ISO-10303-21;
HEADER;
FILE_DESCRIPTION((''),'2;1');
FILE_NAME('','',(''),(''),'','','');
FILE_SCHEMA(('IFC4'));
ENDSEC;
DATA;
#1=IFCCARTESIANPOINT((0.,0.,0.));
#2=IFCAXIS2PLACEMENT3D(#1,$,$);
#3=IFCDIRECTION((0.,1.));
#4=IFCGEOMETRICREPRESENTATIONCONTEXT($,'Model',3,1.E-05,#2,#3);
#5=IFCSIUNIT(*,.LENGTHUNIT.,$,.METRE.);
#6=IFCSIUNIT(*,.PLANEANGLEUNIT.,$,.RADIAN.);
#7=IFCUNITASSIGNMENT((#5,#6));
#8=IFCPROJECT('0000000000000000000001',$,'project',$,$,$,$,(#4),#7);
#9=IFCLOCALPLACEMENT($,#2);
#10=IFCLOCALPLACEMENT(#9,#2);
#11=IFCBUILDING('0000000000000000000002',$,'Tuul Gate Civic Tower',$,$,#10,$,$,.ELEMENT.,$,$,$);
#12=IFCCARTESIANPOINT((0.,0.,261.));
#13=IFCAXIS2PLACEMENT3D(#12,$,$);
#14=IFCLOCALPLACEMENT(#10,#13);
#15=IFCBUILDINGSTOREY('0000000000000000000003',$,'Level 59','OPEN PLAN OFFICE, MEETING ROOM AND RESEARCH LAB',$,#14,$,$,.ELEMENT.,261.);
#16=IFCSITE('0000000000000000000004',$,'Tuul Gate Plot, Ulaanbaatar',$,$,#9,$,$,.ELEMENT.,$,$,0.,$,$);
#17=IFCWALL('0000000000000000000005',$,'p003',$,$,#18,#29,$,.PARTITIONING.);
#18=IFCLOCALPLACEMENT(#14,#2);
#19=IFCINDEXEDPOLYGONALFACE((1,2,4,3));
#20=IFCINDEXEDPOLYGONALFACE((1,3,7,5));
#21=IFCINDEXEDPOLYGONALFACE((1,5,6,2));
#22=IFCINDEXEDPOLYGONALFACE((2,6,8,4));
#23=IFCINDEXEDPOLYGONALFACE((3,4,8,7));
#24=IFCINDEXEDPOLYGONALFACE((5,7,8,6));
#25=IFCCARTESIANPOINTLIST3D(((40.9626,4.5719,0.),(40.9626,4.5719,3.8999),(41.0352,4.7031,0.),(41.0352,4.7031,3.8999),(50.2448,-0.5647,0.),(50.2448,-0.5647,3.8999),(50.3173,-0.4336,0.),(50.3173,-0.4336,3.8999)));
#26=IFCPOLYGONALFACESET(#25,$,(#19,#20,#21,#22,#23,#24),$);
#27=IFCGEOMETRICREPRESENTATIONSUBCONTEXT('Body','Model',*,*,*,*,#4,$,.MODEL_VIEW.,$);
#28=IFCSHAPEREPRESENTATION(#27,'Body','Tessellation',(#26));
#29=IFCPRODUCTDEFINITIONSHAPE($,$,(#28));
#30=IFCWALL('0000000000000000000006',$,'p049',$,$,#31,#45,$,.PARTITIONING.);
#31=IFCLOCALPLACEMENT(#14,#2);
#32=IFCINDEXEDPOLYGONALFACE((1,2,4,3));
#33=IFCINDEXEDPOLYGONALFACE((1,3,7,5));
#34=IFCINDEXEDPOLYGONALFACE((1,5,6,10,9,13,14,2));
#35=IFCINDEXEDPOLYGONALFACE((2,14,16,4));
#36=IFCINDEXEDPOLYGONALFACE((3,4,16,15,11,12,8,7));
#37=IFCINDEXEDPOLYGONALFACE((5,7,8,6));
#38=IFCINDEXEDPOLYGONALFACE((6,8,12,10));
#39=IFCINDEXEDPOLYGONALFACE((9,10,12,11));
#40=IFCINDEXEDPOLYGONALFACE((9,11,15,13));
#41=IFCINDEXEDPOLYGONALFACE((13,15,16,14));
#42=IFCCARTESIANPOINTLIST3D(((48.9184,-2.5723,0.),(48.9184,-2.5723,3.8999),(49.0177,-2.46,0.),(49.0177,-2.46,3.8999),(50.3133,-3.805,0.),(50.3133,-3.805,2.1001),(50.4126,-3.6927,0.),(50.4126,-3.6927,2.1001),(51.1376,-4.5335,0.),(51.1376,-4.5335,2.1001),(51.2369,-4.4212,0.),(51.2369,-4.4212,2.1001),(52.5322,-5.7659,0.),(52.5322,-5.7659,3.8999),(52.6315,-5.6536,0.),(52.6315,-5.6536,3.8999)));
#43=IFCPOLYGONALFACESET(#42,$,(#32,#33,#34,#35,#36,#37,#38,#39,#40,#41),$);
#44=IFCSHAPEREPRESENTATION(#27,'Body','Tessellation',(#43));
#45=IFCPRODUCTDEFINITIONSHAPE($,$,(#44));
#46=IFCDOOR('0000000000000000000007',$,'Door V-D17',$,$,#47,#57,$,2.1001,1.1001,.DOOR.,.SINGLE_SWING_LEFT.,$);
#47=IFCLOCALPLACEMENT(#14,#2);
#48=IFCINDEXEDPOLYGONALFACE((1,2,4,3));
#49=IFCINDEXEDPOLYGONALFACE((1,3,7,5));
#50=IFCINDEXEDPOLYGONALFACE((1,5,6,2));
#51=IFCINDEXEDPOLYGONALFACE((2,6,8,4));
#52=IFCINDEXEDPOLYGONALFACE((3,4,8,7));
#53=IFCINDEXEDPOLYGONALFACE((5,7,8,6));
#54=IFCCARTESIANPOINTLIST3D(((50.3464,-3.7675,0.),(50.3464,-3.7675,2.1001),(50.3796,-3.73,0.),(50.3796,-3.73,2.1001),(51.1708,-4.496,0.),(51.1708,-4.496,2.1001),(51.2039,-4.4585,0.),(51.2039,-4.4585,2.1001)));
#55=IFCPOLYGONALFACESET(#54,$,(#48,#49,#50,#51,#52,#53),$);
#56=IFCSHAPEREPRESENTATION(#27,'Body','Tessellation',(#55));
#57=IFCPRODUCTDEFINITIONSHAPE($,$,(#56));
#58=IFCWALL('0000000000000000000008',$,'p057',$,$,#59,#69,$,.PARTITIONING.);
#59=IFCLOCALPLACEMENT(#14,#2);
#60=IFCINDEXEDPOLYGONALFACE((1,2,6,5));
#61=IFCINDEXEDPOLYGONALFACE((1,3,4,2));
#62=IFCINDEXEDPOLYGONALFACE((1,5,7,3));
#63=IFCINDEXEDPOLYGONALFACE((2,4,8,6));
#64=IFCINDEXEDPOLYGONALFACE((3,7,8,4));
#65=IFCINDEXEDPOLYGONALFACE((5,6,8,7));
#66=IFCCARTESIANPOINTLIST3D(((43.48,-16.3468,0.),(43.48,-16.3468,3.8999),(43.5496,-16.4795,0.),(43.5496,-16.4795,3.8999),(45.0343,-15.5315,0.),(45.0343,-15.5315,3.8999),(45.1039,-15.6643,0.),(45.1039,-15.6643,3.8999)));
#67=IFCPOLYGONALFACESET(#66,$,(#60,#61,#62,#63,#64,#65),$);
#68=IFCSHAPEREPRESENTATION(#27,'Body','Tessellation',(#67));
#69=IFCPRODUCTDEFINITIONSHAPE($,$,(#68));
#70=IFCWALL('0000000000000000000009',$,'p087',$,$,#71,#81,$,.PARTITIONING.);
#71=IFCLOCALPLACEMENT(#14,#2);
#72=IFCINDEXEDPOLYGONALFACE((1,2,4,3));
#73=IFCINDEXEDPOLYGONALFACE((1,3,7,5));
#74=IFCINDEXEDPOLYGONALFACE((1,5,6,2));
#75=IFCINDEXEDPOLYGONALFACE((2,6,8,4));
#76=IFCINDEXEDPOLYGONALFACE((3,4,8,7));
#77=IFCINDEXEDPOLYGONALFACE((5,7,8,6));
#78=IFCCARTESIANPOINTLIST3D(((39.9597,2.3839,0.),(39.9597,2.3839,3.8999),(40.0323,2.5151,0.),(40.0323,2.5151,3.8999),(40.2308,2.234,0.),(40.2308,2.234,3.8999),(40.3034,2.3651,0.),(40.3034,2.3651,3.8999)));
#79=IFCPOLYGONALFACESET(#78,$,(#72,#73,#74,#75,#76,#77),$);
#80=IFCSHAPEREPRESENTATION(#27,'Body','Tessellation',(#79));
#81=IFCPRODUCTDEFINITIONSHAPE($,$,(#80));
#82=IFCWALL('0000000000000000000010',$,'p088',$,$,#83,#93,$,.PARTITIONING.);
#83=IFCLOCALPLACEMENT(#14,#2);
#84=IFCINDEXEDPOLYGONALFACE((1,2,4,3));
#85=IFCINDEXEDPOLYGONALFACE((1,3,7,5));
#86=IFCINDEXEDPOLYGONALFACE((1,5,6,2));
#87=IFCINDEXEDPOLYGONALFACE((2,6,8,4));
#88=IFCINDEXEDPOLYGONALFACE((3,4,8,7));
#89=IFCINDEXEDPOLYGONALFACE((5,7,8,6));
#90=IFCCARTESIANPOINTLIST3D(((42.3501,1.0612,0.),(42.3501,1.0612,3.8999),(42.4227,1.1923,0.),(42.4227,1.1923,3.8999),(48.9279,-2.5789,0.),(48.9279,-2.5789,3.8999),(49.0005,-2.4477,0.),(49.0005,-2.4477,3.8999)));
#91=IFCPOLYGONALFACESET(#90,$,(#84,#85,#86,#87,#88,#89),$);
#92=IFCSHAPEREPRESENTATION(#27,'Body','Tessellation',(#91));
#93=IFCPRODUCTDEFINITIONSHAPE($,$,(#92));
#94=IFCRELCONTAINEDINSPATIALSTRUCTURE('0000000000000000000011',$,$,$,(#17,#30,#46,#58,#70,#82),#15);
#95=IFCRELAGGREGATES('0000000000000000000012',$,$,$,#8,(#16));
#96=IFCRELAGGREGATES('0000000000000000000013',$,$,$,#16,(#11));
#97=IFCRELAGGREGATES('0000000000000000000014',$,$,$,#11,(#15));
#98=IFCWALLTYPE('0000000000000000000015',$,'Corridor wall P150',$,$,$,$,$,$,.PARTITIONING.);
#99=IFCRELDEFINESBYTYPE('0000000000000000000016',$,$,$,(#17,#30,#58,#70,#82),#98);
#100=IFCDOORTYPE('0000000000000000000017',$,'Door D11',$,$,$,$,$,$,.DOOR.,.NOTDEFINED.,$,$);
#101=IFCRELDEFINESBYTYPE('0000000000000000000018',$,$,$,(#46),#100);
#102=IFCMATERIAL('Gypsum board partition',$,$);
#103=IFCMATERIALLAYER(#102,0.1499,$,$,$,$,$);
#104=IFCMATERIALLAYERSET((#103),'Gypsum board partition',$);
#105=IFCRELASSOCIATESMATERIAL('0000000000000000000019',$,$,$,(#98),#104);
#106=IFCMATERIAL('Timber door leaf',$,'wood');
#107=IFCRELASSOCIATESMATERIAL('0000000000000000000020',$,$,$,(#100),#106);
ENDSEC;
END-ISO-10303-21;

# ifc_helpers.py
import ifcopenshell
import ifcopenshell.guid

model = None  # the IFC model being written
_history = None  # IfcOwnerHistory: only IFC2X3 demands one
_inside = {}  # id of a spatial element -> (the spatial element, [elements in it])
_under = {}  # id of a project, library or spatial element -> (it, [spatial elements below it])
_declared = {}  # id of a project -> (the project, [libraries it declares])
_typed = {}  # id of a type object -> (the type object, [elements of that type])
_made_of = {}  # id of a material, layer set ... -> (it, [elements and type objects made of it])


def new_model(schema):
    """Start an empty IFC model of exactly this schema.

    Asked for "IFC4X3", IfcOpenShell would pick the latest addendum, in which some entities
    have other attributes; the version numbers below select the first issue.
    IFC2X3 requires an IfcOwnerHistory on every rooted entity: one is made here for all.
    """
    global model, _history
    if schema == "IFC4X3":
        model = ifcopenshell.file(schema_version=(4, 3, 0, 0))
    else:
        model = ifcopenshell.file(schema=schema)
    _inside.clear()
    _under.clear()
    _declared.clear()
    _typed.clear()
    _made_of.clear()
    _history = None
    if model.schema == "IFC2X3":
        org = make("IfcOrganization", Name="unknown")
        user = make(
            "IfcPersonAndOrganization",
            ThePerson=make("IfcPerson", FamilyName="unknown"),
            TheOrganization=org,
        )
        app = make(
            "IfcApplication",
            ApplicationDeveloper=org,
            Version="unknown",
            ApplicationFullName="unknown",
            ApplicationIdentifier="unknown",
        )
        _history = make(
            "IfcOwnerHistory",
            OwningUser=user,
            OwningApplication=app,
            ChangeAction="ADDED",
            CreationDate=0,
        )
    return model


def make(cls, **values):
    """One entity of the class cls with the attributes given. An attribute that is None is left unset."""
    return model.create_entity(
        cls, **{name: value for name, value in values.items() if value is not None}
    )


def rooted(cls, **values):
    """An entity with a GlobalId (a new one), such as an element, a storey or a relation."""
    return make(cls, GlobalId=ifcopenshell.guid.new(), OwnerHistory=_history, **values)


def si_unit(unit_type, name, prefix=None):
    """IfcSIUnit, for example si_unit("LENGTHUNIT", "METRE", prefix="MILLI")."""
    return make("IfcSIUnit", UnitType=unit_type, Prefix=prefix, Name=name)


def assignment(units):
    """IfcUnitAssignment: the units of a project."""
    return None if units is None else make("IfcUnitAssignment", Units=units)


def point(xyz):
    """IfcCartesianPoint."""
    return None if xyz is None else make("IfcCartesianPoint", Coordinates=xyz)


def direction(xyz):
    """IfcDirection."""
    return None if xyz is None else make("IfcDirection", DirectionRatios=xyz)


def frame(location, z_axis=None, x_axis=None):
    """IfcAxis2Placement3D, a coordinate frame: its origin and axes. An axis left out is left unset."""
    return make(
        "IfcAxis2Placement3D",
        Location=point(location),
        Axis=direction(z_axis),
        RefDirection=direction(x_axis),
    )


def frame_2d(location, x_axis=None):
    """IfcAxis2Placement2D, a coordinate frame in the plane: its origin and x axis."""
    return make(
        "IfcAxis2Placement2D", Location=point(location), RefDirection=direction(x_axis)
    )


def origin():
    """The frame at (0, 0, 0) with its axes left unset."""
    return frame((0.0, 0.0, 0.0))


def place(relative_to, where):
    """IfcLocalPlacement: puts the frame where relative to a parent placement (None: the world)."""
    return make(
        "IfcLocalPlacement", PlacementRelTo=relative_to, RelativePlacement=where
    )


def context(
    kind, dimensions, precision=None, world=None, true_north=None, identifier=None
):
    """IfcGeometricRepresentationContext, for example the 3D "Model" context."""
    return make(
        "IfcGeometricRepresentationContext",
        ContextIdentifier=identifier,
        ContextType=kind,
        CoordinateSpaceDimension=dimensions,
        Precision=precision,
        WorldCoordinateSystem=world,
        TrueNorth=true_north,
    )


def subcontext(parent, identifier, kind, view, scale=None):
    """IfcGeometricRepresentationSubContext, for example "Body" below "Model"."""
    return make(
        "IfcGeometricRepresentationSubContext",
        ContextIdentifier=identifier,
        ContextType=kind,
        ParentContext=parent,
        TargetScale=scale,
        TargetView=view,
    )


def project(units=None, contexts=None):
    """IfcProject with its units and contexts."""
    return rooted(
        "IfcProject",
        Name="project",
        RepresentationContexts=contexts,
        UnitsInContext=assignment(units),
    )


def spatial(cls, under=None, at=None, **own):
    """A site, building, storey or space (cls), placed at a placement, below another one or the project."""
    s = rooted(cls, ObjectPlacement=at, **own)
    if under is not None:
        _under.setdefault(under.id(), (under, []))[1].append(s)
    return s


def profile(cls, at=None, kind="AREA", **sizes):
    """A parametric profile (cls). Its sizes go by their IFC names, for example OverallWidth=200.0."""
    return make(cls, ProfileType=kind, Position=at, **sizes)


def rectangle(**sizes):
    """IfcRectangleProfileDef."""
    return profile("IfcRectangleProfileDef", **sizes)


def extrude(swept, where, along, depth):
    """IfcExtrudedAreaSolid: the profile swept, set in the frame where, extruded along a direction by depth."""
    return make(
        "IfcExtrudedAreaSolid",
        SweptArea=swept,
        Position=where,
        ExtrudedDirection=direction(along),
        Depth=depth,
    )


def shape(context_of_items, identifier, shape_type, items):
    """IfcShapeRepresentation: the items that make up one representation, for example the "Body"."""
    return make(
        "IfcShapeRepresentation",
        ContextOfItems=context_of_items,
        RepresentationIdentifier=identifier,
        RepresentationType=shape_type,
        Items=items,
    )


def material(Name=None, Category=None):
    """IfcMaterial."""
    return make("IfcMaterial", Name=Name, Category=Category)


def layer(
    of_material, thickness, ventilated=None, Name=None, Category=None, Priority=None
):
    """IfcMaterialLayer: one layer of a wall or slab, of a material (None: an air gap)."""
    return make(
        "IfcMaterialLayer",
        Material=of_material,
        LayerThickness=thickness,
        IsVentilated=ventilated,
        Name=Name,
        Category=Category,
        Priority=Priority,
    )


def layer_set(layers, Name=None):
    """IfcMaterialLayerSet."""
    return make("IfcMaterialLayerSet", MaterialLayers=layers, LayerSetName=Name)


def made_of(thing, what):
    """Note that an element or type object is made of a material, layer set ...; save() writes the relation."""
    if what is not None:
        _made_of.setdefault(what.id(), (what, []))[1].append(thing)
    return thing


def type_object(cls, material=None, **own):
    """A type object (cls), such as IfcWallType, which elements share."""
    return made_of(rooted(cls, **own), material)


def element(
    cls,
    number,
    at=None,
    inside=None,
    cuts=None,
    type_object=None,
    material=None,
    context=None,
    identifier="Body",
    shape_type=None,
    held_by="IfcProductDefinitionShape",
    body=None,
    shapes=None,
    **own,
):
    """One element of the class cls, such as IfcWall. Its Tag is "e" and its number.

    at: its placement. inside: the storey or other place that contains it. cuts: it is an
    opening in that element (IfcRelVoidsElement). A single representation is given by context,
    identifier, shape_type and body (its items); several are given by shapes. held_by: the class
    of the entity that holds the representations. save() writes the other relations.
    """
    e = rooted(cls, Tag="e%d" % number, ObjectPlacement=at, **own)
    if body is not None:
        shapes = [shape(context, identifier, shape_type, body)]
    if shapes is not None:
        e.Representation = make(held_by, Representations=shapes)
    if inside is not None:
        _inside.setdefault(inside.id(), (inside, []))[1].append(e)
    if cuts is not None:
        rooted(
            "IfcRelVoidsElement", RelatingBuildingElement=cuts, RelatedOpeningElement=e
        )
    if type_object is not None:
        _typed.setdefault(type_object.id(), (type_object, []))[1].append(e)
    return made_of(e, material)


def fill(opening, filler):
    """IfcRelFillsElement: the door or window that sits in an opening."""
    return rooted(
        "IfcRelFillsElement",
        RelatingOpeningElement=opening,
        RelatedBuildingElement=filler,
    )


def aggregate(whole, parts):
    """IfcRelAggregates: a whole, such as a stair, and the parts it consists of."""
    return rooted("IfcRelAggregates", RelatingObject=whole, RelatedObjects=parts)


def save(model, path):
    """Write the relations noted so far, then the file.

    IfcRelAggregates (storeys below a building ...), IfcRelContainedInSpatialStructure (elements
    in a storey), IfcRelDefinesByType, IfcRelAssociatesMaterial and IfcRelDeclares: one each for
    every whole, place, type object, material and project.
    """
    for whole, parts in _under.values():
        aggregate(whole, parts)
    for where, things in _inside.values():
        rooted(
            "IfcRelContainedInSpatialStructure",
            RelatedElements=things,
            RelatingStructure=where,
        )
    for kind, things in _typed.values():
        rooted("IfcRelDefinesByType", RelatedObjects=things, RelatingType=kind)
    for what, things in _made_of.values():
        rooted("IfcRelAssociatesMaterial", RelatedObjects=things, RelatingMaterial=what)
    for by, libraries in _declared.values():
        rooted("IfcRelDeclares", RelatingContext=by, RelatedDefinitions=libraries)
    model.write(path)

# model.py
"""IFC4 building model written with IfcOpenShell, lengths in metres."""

from ifc_helpers import new_model, si_unit, direction, frame, frame_2d, origin, place, context, subcontext, project, spatial, rectangle, extrude, material, layer, layer_set, type_object, element, fill, save


model = new_model("IFC4")

# Units and contexts
model_context = context("Model", 3, precision=1e-05, world=origin(), true_north=direction((0.0, 1.0)))
body_context = subcontext(model_context, "Body", "Model", "MODEL_VIEW")
ifc_project = project(units=[si_unit("LENGTHUNIT", "METRE"), si_unit("PLANEANGLEUNIT", "RADIAN")], contexts=[model_context])

# Site, building, storey
site_placement = place(None, origin())
site = spatial("IfcSite", under=ifc_project, at=site_placement, Name="Tuul Gate Plot, Ulaanbaatar", CompositionType="ELEMENT", RefElevation=0.0)
building_placement = place(site_placement, origin())
building = spatial("IfcBuilding", under=site, at=building_placement, Name="Tuul Gate Civic Tower", CompositionType="ELEMENT")
storey_placement = place(building_placement, frame((0.0, 0.0, 261.0)))
storey = spatial("IfcBuildingStorey", under=building, at=storey_placement, Name="Level 59", Description="OPEN PLAN OFFICE, MEETING ROOM AND RESEARCH LAB", CompositionType="ELEMENT", Elevation=261.0)

# Wall
ifc_material_1 = material(Name="Gypsum board partition")
ifc_layer_1 = layer(ifc_material_1, 0.1499)
ifc_layer_set_1 = layer_set([ifc_layer_1], Name="Gypsum board partition")
wall_type_1 = type_object("IfcWallType", Name="Corridor wall P150", PredefinedType="PARTITIONING", material=ifc_layer_set_1)
wall_1_placement = place(storey_placement, frame((40.999, 4.6375, 0.0), z_axis=(0.0, 0.0, 1.0), x_axis=(0.874959, -0.484196, 0.0)))
element("IfcWall", 1, at=wall_1_placement, inside=storey, type_object=wall_type_1, Name="p003", PredefinedType="PARTITIONING", context=body_context, shape_type="SweptSolid", body=[
    extrude(rectangle(XDim=10.6086, YDim=0.1499, at=frame_2d((5.3042, 0.0))), origin(), (0.0, 0.0, 1.0), 3.8999),
])

# Wall, opening, door
wall_2_placement = place(storey_placement, frame((48.968, -2.5161, 0.0), z_axis=(0.0, 0.0, 1.0), x_axis=(0.749325, -0.662202, 0.0)))
wall_2 = element("IfcWall", 2, at=wall_2_placement, inside=storey, type_object=wall_type_1, Name="p049", PredefinedType="PARTITIONING", context=body_context, shape_type="SweptSolid", body=[
    extrude(rectangle(XDim=4.8228, YDim=0.1499, at=frame_2d((2.4114, 0.0))), origin(), (0.0, 0.0, 1.0), 3.8999),
])
opening_1_placement = place(wall_2_placement, frame((1.8616, 0.0, 0.0)))
opening_1 = element("IfcOpeningElement", 3, at=opening_1_placement, cuts=wall_2, PredefinedType="OPENING", context=body_context, shape_type="SweptSolid", body=[
    extrude(rectangle(XDim=1.1001, YDim=2.1001, at=frame_2d((0.55, 1.05))), frame((0.0, 0.085, 0.0), z_axis=(0.0, -1.0, 0.0), x_axis=(1.0, 0.0, 0.0)), (0.0, 0.0, 1.0), 0.1699),
])
ifc_material_2 = material(Name="Timber door leaf", Category="wood")
door_type_1 = type_object("IfcDoorType", Name="Door D11", OperationType="NOTDEFINED", PredefinedType="DOOR", material=ifc_material_2)
door_1_placement = place(opening_1_placement, frame((1.1001, 0.0, 0.0), z_axis=(0.0, 0.0, 1.0), x_axis=(-1.0, 0.0, 0.0)))
door_1 = element("IfcDoor", 4, at=door_1_placement, inside=storey, type_object=door_type_1, Name="Door V-D17", OperationType="SINGLE_SWING_LEFT", OverallHeight=2.1001, OverallWidth=1.1001, PredefinedType="DOOR", context=body_context, shape_type="SweptSolid", body=[
    extrude(rectangle(XDim=1.1001, YDim=2.1001, at=frame_2d((0.55, 1.05))), frame((0.0, 0.0249, 0.0), z_axis=(0.0, -1.0, 0.0), x_axis=(1.0, 0.0, 0.0)), (0.0, 0.0, 1.0), 0.05),
])
fill(opening_1, door_1)

# Walls
wall_3_placement = place(storey_placement, frame((43.5149, -16.4131, 0.0), z_axis=(0.0, 0.0, 1.0), x_axis=(0.885578, 0.46449, 0.0)))
element("IfcWall", 5, at=wall_3_placement, inside=storey, type_object=wall_type_1, Name="p057", PredefinedType="PARTITIONING", context=body_context, shape_type="SweptSolid", body=[
    extrude(rectangle(XDim=1.7551, YDim=0.1499, at=frame_2d((0.8774, 0.0))), origin(), (0.0, 0.0, 1.0), 3.8999),
])
wall_4_placement = place(storey_placement, frame((39.9961, 2.4495, 0.0), z_axis=(0.0, 0.0, 1.0), x_axis=(0.875048, -0.484036, 0.0)))
element("IfcWall", 6, at=wall_4_placement, inside=storey, type_object=wall_type_1, Name="p087", PredefinedType="PARTITIONING", context=body_context, shape_type="SweptSolid", body=[
    extrude(rectangle(XDim=0.3098, YDim=0.1499, at=frame_2d((0.1548, 0.0))), origin(), (0.0, 0.0, 1.0), 3.8999),
])
wall_5_placement = place(storey_placement, frame((42.3865, 1.1267, 0.0), z_axis=(0.0, 0.0, 1.0), x_axis=(0.87496, -0.484195, 0.0)))
element("IfcWall", 7, at=wall_5_placement, inside=storey, type_object=wall_type_1, Name="p088", PredefinedType="PARTITIONING", context=body_context, shape_type="SweptSolid", body=[
    extrude(rectangle(XDim=7.5178, YDim=0.1499, at=frame_2d((3.7588, 0.0))), origin(), (0.0, 0.0, 1.0), 3.8999),
])

save(model, "model.ifc")
